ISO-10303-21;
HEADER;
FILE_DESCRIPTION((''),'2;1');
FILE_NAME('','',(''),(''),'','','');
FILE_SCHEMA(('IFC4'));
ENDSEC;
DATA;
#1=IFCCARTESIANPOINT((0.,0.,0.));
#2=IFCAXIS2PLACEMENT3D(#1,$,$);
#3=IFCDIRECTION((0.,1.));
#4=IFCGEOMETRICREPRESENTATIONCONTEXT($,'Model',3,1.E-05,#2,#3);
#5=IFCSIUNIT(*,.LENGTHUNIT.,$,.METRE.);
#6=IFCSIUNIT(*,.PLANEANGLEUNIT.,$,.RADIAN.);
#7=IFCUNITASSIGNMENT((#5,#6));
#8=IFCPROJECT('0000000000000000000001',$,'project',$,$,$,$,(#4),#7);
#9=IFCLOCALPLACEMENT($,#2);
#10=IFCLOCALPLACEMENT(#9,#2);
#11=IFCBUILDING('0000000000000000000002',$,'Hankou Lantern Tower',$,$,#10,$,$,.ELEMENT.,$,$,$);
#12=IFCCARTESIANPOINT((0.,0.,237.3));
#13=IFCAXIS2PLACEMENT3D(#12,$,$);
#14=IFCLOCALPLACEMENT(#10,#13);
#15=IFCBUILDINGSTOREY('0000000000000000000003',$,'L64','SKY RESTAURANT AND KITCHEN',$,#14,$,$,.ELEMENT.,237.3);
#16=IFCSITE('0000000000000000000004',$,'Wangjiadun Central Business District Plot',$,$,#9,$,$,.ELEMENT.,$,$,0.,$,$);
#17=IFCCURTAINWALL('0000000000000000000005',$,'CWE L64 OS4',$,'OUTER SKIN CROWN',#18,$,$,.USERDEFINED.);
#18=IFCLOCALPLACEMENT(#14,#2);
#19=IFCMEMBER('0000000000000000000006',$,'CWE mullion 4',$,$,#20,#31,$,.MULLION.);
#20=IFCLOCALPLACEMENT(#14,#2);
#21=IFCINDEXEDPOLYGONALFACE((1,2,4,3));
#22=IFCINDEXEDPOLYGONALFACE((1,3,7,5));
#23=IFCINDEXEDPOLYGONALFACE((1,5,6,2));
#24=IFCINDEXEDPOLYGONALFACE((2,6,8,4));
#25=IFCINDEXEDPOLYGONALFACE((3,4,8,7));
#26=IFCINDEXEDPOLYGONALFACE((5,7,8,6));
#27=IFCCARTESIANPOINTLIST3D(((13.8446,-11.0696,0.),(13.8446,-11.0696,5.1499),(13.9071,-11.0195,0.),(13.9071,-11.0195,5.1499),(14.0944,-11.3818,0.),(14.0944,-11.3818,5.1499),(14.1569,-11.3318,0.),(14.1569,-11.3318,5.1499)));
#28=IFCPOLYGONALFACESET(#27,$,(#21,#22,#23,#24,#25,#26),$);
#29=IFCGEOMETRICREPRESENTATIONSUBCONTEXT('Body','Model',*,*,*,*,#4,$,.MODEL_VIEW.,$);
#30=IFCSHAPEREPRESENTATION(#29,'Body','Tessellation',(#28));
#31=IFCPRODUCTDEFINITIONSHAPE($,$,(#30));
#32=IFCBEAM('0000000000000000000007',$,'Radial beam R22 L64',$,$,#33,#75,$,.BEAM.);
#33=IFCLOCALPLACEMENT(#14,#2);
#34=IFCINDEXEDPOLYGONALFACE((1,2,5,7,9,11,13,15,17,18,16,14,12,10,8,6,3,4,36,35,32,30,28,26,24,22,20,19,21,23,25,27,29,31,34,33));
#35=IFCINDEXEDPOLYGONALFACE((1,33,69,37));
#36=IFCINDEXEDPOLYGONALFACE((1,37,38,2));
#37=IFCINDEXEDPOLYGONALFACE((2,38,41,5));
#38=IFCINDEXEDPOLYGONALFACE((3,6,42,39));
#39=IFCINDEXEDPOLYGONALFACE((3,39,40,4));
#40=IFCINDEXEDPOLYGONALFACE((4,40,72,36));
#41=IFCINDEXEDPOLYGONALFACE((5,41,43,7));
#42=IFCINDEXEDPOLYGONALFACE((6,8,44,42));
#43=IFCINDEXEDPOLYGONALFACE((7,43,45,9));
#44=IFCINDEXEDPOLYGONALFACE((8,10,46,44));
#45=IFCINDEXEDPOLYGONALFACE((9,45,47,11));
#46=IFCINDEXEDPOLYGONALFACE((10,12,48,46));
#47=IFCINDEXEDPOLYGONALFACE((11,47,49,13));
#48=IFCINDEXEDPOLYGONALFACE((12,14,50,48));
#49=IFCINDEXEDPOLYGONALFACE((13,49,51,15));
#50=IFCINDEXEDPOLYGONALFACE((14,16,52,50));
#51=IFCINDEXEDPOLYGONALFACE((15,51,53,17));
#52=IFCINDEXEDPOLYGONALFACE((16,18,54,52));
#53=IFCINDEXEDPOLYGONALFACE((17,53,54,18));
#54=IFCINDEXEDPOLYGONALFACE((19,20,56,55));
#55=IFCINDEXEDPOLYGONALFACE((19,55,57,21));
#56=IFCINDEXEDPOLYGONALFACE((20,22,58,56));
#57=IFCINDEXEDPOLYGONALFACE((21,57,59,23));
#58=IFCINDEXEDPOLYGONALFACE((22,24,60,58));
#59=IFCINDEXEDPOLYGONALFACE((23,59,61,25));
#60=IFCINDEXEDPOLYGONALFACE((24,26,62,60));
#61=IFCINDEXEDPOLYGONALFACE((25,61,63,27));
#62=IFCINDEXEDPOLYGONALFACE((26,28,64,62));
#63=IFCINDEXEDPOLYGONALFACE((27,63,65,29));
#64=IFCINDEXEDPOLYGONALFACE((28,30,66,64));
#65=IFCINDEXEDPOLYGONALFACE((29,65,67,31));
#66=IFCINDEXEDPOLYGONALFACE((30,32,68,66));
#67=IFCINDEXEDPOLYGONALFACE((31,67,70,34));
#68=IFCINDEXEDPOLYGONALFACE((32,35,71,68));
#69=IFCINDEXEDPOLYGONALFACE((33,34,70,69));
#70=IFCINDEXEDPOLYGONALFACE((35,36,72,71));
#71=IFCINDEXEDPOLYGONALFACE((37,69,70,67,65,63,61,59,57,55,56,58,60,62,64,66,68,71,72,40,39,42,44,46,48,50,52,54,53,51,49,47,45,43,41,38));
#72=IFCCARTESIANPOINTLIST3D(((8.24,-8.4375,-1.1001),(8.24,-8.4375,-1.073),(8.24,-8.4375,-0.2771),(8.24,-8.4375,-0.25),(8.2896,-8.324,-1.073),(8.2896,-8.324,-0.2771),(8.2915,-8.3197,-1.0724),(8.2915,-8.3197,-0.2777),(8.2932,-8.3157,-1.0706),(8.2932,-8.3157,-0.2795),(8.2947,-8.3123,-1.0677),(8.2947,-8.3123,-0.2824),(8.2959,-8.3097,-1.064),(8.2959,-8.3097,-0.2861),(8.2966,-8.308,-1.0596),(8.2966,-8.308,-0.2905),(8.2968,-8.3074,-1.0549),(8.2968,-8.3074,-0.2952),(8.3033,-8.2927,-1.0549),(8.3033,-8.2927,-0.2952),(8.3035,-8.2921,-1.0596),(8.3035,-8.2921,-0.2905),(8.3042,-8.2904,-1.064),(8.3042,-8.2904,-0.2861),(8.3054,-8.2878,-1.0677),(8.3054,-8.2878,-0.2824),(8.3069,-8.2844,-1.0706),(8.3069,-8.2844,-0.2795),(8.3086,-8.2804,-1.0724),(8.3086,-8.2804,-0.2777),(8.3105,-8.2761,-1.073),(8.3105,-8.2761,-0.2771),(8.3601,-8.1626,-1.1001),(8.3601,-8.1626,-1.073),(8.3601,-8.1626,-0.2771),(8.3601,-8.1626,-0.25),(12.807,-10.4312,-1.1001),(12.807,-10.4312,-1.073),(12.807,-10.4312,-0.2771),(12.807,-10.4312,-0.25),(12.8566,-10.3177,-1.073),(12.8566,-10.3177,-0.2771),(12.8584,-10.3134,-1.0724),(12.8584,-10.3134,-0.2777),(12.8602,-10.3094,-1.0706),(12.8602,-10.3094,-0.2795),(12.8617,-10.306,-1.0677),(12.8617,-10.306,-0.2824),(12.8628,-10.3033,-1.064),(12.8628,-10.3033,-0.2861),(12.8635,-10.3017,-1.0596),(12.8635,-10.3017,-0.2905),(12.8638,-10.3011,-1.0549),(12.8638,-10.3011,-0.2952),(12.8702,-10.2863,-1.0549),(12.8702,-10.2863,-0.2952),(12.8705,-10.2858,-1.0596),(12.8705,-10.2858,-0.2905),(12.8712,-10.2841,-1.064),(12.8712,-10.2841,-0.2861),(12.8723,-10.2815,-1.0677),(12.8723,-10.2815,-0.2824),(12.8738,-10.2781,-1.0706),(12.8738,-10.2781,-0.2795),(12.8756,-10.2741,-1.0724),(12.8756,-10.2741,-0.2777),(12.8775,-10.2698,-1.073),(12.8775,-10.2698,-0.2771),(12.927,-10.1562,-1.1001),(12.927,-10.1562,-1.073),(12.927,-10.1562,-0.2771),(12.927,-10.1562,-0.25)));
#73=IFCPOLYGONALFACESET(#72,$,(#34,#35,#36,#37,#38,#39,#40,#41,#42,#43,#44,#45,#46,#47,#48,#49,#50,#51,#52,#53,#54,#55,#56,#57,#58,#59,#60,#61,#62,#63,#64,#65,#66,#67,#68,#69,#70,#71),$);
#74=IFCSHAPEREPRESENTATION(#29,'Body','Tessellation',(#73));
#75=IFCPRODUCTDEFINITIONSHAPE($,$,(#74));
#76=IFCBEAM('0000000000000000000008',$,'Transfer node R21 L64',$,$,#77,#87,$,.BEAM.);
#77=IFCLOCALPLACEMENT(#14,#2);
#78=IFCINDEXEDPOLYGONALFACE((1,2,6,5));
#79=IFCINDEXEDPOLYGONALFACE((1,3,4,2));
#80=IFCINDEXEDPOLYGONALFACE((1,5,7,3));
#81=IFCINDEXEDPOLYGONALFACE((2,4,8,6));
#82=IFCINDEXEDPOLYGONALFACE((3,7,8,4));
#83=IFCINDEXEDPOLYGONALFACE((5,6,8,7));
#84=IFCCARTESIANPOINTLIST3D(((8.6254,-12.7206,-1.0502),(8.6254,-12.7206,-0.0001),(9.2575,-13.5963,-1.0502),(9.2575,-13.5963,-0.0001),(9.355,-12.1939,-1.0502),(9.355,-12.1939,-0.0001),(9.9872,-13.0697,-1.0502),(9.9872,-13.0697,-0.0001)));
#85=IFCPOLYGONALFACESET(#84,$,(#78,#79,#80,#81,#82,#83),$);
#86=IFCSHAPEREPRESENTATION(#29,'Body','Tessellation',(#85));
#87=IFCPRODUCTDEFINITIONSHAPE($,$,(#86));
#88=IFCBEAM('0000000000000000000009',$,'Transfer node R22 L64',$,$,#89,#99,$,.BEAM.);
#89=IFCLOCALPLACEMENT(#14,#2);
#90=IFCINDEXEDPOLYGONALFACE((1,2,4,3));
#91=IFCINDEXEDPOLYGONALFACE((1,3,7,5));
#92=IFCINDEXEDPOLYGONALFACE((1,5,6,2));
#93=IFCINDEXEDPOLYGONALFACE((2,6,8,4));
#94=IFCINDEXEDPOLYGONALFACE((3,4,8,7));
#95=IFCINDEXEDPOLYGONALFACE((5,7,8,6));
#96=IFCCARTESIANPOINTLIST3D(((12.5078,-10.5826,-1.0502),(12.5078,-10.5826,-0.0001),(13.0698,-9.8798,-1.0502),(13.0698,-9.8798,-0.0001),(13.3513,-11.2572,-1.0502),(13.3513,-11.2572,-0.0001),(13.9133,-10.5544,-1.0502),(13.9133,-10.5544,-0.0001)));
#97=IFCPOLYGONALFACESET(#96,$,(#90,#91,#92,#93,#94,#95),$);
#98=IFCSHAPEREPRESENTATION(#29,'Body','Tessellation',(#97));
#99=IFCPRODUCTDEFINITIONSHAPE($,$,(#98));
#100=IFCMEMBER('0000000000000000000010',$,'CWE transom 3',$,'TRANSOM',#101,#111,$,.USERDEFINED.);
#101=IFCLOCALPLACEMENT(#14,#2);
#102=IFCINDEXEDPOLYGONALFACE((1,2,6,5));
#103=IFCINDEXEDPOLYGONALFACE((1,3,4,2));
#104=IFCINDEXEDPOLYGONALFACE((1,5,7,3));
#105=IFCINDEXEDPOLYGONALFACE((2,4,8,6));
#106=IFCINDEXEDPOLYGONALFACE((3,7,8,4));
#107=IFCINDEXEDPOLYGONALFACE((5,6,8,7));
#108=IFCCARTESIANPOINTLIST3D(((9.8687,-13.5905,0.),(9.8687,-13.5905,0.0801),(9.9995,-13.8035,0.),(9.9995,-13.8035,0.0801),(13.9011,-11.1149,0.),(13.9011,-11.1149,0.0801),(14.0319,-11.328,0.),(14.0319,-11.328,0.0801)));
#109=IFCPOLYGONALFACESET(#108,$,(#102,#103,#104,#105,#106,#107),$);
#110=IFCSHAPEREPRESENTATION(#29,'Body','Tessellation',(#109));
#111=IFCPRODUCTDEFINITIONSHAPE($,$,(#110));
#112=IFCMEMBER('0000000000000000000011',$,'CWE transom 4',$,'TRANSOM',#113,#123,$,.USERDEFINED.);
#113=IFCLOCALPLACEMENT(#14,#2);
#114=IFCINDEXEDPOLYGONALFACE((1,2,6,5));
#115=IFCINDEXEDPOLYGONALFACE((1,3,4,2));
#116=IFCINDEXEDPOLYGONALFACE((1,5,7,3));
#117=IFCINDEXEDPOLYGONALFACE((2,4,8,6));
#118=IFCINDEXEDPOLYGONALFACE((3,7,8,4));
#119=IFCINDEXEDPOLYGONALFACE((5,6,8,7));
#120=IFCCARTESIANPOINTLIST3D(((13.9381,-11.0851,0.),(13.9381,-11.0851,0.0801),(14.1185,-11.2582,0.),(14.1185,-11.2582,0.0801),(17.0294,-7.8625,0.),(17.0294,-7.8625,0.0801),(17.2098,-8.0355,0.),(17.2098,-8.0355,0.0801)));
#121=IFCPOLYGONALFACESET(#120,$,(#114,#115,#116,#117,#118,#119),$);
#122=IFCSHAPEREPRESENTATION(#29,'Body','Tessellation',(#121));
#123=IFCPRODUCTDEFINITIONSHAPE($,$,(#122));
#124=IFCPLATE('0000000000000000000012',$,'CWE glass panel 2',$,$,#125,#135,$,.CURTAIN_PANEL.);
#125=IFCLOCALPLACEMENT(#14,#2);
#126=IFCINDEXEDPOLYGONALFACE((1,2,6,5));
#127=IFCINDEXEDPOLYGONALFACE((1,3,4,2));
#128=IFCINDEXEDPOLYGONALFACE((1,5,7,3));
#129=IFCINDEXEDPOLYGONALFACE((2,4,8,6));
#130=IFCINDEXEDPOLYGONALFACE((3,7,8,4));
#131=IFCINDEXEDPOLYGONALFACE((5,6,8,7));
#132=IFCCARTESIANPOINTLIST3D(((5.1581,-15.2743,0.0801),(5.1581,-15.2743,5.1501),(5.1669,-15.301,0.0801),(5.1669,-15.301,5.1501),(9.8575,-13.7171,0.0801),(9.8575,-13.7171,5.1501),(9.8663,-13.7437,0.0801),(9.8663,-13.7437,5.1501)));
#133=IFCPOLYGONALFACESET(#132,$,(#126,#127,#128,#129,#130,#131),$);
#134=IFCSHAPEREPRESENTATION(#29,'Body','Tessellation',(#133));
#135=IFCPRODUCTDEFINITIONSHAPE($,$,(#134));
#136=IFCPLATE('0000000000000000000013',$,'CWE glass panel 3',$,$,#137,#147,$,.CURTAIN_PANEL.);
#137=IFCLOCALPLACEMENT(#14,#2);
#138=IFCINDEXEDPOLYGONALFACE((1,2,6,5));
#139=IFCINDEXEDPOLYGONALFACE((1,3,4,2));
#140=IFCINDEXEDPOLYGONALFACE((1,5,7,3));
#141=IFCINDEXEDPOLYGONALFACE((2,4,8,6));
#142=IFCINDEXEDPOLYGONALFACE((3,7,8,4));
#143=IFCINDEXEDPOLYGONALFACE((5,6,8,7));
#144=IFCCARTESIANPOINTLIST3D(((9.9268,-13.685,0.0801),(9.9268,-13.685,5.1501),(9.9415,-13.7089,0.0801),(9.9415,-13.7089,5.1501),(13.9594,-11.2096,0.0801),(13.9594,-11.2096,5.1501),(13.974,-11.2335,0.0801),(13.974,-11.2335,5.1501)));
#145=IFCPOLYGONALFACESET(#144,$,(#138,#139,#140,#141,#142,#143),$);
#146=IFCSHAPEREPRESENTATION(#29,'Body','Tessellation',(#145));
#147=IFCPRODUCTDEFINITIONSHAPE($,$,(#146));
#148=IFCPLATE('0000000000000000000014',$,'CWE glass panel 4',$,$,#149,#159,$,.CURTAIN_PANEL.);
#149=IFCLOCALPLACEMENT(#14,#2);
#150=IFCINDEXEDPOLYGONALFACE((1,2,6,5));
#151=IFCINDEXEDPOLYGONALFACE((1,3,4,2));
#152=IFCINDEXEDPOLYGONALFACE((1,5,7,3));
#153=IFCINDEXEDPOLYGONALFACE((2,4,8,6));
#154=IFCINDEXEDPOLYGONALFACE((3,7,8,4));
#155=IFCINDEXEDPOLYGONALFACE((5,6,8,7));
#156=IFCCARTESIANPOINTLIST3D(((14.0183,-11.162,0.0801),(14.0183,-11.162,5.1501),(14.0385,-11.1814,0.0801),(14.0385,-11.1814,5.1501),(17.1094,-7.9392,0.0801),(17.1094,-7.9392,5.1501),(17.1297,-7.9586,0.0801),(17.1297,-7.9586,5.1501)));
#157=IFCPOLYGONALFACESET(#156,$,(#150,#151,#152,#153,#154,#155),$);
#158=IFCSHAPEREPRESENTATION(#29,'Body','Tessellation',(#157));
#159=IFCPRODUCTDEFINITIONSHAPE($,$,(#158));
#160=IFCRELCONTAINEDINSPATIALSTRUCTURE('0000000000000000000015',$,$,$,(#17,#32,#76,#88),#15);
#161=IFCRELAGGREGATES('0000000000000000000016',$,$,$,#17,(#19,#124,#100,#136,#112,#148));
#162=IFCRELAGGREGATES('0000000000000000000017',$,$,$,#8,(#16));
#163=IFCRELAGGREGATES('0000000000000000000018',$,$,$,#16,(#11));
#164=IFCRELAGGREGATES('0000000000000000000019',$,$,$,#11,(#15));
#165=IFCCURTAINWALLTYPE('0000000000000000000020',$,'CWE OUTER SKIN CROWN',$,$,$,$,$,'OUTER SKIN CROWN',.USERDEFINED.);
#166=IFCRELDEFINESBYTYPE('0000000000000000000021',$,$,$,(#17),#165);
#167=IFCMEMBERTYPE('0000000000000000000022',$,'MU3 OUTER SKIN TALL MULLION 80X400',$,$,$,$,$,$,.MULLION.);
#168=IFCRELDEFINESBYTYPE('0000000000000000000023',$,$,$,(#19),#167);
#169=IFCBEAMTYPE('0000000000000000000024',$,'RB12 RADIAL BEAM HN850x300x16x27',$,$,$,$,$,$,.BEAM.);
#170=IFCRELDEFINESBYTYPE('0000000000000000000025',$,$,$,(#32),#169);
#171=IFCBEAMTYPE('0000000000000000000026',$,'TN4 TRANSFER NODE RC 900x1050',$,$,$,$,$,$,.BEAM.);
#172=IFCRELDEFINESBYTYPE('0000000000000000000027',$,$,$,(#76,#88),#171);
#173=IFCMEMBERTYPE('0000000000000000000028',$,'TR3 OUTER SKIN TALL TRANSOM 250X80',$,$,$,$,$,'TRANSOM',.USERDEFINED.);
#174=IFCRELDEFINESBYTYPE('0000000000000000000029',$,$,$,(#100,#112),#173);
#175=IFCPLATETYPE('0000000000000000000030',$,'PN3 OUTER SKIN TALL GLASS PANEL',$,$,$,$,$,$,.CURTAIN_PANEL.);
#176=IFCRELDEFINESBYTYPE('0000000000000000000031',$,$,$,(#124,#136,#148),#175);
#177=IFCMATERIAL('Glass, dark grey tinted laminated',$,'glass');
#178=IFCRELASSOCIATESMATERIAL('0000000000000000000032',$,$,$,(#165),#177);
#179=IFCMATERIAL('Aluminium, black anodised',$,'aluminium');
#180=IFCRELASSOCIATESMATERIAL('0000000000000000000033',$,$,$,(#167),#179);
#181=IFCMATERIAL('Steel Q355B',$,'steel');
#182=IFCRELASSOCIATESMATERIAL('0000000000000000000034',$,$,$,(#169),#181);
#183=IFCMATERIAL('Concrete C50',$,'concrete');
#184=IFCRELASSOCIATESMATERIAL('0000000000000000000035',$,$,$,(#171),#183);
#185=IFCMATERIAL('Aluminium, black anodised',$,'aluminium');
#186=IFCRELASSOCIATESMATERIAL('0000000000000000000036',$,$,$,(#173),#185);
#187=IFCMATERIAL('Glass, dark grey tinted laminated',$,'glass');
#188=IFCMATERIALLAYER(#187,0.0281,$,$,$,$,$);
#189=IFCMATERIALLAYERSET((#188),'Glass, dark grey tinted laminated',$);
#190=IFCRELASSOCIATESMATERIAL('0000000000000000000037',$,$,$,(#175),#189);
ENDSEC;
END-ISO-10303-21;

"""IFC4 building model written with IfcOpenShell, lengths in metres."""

from ifc_helpers import new_model, si_unit, direction, frame, origin, origin_2d, place, context, subcontext, project, spatial, rectangle, i_section, extrude, material, layer, layer_set, material_profile, profile_set, type_object, element, aggregate, save


model = new_model("IFC4")

# Units and contexts
model_context = context("Model", 3, precision=1e-05, world=origin(), true_north=direction((0.0, 1.0)))
body_context = subcontext(model_context, "Body", "Model", "MODEL_VIEW")
ifc_project = project(units=[si_unit("LENGTHUNIT", "METRE"), si_unit("PLANEANGLEUNIT", "RADIAN")], contexts=[model_context])

# Site, building, storey
site_placement = place(None, origin())
site = spatial("IfcSite", under=ifc_project, at=site_placement, Name="Wangjiadun Central Business District Plot", CompositionType="ELEMENT", RefElevation=0.0)
building_placement = place(site_placement, origin())
building = spatial("IfcBuilding", under=site, at=building_placement, Name="Hankou Lantern Tower", CompositionType="ELEMENT")
storey_placement = place(building_placement, frame((0.0, 0.0, 237.3)))
storey = spatial("IfcBuildingStorey", under=building, at=storey_placement, Name="L64", Description="SKY RESTAURANT AND KITCHEN", CompositionType="ELEMENT", Elevation=237.3)

# Curtain wall, member
ifc_material_1 = material(Name="Glass, dark grey tinted laminated", Category="glass")
curtain_wall_type = type_object("IfcCurtainWallType", Name="CWE OUTER SKIN CROWN", ElementType="OUTER SKIN CROWN", PredefinedType="USERDEFINED", material=ifc_material_1)
curtain_wall_placement = place(storey_placement, origin())
curtain_wall = element("IfcCurtainWall", 1, at=curtain_wall_placement, inside=storey, type_object=curtain_wall_type, Name="CWE L64 OS4", ObjectType="OUTER SKIN CROWN", PredefinedType="USERDEFINED")
ifc_material_2 = material(Name="Aluminium, black anodised", Category="aluminium")
ifc_material_profile_1 = material_profile(ifc_material_2, rectangle(XDim=0.0801, YDim=0.3999, at=origin_2d()), Name="MU3 80X400")
ifc_profile_set_1 = profile_set([ifc_material_profile_1], Name="Aluminium, black anodised")
member_type_1 = type_object("IfcMemberType", Name="MU3 OUTER SKIN TALL MULLION 80X400", PredefinedType="MULLION", material=ifc_profile_set_1)
member_1_placement = place(storey_placement, frame((14.0007, -11.2007, 0.0), z_axis=(0.0, 0.0, 1.0), x_axis=(0.780869, 0.624695, 0.0)))
member_1 = element("IfcMember", 2, at=member_1_placement, type_object=member_type_1, Name="CWE mullion 4", PredefinedType="MULLION", context=body_context, shape_type="SweptSolid", body=[
    extrude(rectangle(XDim=0.0801, YDim=0.3999, at=origin_2d()), origin(), (0.0, 0.0, 1.0), 5.1499),
])

# Beams
ifc_material_3 = material(Name="Steel Q355B", Category="steel")
ifc_material_profile_2 = material_profile(ifc_material_3, i_section(OverallWidth=0.3, OverallDepth=0.8501, WebThickness=0.0161, FlangeThickness=0.0271, FilletRadius=0.0181, at=origin_2d()), Name="HN850x300x16x27")
ifc_profile_set_2 = profile_set([ifc_material_profile_2], Name="Steel Q355B")
beam_type_1 = type_object("IfcBeamType", Name="RB12 RADIAL BEAM HN850x300x16x27", PredefinedType="BEAM", material=ifc_profile_set_2)
beam_1_placement = place(storey_placement, frame((8.3, -8.3, -0.675), z_axis=(0.916479, -0.400084, 0.0), x_axis=(0.400084, 0.916479, 0.0)))
element("IfcBeam", 3, at=beam_1_placement, inside=storey, type_object=beam_type_1, Name="Radial beam R22 L64", PredefinedType="BEAM", context=body_context, shape_type="SweptSolid", body=[
    extrude(i_section(OverallWidth=0.3, OverallDepth=0.8501, WebThickness=0.0161, FlangeThickness=0.0271, FilletRadius=0.0181, at=origin_2d()), origin(), (0.0, 0.0, 1.0), 4.9832),
])
ifc_material_4 = material(Name="Concrete C50", Category="concrete")
ifc_material_profile_3 = material_profile(ifc_material_4, rectangle(XDim=0.8999, YDim=1.05, at=origin_2d()), Name="RC 900x1050")
ifc_profile_set_3 = profile_set([ifc_material_profile_3], Name="Concrete C50")
beam_type_2 = type_object("IfcBeamType", Name="TN4 TRANSFER NODE RC 900x1050", PredefinedType="BEAM", material=ifc_profile_set_3)
for number, where, z_axis, x_axis, name in (
    (4, (9.6223, -13.333, -0.5251), (-0.585251, 0.810852, 0.0), (-0.810852, -0.585251, 0.0), "Transfer node R21 L64"),
    (5, (13.6323, -10.9058, -0.5251), (-0.780979, 0.624557, 0.0), (-0.624557, -0.780979, 0.0), "Transfer node R22 L64"),
):
    element("IfcBeam", number, at=place(storey_placement, frame(where, z_axis=z_axis, x_axis=x_axis)), inside=storey, type_object=beam_type_2, Name=name, PredefinedType="BEAM", context=body_context, shape_type="SweptSolid", body=[
        extrude(rectangle(XDim=0.8999, YDim=1.05, at=origin_2d()), origin(), (0.0, 0.0, 1.0), 1.0801),
    ])

# Members
ifc_material_5 = material(Name="Aluminium, black anodised", Category="aluminium")
ifc_material_profile_4 = material_profile(ifc_material_5, rectangle(XDim=0.25, YDim=0.0801, at=origin_2d()), Name="TR3 250X80")
ifc_profile_set_4 = profile_set([ifc_material_profile_4], Name="Aluminium, black anodised")
member_type_2 = type_object("IfcMemberType", Name="TR3 OUTER SKIN TALL TRANSOM 250X80", ElementType="TRANSOM", PredefinedType="USERDEFINED", material=ifc_profile_set_4)
member_2_placement = place(storey_placement, frame((9.9341, -13.697, 0.04), z_axis=(0.852218, 0.523187, 0.0), x_axis=(-0.523187, 0.852218, 0.0)))
member_2 = element("IfcMember", 6, at=member_2_placement, type_object=member_type_2, Name="CWE transom 3", ObjectType="TRANSOM", PredefinedType="USERDEFINED", context=body_context, shape_type="SweptSolid", body=[
    extrude(rectangle(XDim=0.25, YDim=0.0801, at=origin_2d()), origin(), (0.0, 0.0, 1.0), 4.7317),
])
member_3_placement = place(storey_placement, frame((14.0283, -11.1716, 0.04), z_axis=(0.692247, 0.72166, 0.0), x_axis=(-0.72166, 0.692247, 0.0)))
member_3 = element("IfcMember", 7, at=member_3_placement, type_object=member_type_2, Name="CWE transom 4", ObjectType="TRANSOM", PredefinedType="USERDEFINED", context=body_context, shape_type="SweptSolid", body=[
    extrude(rectangle(XDim=0.25, YDim=0.0801, at=origin_2d()), origin(), (0.0, 0.0, 1.0), 4.4656),
])

# Plates
ifc_material_6 = material(Name="Glass, dark grey tinted laminated", Category="glass")
ifc_layer_1 = layer(ifc_material_6, 0.0281)
ifc_layer_set_1 = layer_set([ifc_layer_1], Name="Glass, dark grey tinted laminated")
plate_type = type_object("IfcPlateType", Name="PN3 OUTER SKIN TALL GLASS PANEL", PredefinedType="CURTAIN_PANEL", material=ifc_layer_set_1)
plate_1_placement = place(storey_placement, frame((7.5122, -14.509, 0.0801), z_axis=(0.0, 0.0, 1.0), x_axis=(0.949241, 0.314551, 0.0)))
plate_1 = element("IfcPlate", 8, at=plate_1_placement, type_object=plate_type, Name="CWE glass panel 2", PredefinedType="CURTAIN_PANEL", context=body_context, shape_type="SweptSolid", body=[
    extrude(rectangle(XDim=4.9507, YDim=0.0281, at=origin_2d()), origin(), (0.0, 0.0, 1.0), 5.0701),
])
plate_2_placement = place(storey_placement, frame((11.9504, -12.4592, 0.0801), z_axis=(0.0, 0.0, 1.0), x_axis=(0.852237, 0.523156, 0.0)))
plate_2 = element("IfcPlate", 9, at=plate_2_placement, type_object=plate_type, Name="CWE glass panel 3", PredefinedType="CURTAIN_PANEL", context=body_context, shape_type="SweptSolid", body=[
    extrude(rectangle(XDim=4.7317, YDim=0.0281, at=origin_2d()), origin(), (0.0, 0.0, 1.0), 5.0701),
])
plate_3_placement = place(storey_placement, frame((15.574, -9.5603, 0.0801), z_axis=(0.0, 0.0, 1.0), x_axis=(0.692216, 0.721691, 0.0)))
plate_3 = element("IfcPlate", 10, at=plate_3_placement, type_object=plate_type, Name="CWE glass panel 4", PredefinedType="CURTAIN_PANEL", context=body_context, shape_type="SweptSolid", body=[
    extrude(rectangle(XDim=4.4656, YDim=0.0281, at=origin_2d()), origin(), (0.0, 0.0, 1.0), 5.0701),
])
aggregate(curtain_wall, [member_1, plate_1, member_2, plate_2, member_3, plate_3])

save(model, "model.ifc")
